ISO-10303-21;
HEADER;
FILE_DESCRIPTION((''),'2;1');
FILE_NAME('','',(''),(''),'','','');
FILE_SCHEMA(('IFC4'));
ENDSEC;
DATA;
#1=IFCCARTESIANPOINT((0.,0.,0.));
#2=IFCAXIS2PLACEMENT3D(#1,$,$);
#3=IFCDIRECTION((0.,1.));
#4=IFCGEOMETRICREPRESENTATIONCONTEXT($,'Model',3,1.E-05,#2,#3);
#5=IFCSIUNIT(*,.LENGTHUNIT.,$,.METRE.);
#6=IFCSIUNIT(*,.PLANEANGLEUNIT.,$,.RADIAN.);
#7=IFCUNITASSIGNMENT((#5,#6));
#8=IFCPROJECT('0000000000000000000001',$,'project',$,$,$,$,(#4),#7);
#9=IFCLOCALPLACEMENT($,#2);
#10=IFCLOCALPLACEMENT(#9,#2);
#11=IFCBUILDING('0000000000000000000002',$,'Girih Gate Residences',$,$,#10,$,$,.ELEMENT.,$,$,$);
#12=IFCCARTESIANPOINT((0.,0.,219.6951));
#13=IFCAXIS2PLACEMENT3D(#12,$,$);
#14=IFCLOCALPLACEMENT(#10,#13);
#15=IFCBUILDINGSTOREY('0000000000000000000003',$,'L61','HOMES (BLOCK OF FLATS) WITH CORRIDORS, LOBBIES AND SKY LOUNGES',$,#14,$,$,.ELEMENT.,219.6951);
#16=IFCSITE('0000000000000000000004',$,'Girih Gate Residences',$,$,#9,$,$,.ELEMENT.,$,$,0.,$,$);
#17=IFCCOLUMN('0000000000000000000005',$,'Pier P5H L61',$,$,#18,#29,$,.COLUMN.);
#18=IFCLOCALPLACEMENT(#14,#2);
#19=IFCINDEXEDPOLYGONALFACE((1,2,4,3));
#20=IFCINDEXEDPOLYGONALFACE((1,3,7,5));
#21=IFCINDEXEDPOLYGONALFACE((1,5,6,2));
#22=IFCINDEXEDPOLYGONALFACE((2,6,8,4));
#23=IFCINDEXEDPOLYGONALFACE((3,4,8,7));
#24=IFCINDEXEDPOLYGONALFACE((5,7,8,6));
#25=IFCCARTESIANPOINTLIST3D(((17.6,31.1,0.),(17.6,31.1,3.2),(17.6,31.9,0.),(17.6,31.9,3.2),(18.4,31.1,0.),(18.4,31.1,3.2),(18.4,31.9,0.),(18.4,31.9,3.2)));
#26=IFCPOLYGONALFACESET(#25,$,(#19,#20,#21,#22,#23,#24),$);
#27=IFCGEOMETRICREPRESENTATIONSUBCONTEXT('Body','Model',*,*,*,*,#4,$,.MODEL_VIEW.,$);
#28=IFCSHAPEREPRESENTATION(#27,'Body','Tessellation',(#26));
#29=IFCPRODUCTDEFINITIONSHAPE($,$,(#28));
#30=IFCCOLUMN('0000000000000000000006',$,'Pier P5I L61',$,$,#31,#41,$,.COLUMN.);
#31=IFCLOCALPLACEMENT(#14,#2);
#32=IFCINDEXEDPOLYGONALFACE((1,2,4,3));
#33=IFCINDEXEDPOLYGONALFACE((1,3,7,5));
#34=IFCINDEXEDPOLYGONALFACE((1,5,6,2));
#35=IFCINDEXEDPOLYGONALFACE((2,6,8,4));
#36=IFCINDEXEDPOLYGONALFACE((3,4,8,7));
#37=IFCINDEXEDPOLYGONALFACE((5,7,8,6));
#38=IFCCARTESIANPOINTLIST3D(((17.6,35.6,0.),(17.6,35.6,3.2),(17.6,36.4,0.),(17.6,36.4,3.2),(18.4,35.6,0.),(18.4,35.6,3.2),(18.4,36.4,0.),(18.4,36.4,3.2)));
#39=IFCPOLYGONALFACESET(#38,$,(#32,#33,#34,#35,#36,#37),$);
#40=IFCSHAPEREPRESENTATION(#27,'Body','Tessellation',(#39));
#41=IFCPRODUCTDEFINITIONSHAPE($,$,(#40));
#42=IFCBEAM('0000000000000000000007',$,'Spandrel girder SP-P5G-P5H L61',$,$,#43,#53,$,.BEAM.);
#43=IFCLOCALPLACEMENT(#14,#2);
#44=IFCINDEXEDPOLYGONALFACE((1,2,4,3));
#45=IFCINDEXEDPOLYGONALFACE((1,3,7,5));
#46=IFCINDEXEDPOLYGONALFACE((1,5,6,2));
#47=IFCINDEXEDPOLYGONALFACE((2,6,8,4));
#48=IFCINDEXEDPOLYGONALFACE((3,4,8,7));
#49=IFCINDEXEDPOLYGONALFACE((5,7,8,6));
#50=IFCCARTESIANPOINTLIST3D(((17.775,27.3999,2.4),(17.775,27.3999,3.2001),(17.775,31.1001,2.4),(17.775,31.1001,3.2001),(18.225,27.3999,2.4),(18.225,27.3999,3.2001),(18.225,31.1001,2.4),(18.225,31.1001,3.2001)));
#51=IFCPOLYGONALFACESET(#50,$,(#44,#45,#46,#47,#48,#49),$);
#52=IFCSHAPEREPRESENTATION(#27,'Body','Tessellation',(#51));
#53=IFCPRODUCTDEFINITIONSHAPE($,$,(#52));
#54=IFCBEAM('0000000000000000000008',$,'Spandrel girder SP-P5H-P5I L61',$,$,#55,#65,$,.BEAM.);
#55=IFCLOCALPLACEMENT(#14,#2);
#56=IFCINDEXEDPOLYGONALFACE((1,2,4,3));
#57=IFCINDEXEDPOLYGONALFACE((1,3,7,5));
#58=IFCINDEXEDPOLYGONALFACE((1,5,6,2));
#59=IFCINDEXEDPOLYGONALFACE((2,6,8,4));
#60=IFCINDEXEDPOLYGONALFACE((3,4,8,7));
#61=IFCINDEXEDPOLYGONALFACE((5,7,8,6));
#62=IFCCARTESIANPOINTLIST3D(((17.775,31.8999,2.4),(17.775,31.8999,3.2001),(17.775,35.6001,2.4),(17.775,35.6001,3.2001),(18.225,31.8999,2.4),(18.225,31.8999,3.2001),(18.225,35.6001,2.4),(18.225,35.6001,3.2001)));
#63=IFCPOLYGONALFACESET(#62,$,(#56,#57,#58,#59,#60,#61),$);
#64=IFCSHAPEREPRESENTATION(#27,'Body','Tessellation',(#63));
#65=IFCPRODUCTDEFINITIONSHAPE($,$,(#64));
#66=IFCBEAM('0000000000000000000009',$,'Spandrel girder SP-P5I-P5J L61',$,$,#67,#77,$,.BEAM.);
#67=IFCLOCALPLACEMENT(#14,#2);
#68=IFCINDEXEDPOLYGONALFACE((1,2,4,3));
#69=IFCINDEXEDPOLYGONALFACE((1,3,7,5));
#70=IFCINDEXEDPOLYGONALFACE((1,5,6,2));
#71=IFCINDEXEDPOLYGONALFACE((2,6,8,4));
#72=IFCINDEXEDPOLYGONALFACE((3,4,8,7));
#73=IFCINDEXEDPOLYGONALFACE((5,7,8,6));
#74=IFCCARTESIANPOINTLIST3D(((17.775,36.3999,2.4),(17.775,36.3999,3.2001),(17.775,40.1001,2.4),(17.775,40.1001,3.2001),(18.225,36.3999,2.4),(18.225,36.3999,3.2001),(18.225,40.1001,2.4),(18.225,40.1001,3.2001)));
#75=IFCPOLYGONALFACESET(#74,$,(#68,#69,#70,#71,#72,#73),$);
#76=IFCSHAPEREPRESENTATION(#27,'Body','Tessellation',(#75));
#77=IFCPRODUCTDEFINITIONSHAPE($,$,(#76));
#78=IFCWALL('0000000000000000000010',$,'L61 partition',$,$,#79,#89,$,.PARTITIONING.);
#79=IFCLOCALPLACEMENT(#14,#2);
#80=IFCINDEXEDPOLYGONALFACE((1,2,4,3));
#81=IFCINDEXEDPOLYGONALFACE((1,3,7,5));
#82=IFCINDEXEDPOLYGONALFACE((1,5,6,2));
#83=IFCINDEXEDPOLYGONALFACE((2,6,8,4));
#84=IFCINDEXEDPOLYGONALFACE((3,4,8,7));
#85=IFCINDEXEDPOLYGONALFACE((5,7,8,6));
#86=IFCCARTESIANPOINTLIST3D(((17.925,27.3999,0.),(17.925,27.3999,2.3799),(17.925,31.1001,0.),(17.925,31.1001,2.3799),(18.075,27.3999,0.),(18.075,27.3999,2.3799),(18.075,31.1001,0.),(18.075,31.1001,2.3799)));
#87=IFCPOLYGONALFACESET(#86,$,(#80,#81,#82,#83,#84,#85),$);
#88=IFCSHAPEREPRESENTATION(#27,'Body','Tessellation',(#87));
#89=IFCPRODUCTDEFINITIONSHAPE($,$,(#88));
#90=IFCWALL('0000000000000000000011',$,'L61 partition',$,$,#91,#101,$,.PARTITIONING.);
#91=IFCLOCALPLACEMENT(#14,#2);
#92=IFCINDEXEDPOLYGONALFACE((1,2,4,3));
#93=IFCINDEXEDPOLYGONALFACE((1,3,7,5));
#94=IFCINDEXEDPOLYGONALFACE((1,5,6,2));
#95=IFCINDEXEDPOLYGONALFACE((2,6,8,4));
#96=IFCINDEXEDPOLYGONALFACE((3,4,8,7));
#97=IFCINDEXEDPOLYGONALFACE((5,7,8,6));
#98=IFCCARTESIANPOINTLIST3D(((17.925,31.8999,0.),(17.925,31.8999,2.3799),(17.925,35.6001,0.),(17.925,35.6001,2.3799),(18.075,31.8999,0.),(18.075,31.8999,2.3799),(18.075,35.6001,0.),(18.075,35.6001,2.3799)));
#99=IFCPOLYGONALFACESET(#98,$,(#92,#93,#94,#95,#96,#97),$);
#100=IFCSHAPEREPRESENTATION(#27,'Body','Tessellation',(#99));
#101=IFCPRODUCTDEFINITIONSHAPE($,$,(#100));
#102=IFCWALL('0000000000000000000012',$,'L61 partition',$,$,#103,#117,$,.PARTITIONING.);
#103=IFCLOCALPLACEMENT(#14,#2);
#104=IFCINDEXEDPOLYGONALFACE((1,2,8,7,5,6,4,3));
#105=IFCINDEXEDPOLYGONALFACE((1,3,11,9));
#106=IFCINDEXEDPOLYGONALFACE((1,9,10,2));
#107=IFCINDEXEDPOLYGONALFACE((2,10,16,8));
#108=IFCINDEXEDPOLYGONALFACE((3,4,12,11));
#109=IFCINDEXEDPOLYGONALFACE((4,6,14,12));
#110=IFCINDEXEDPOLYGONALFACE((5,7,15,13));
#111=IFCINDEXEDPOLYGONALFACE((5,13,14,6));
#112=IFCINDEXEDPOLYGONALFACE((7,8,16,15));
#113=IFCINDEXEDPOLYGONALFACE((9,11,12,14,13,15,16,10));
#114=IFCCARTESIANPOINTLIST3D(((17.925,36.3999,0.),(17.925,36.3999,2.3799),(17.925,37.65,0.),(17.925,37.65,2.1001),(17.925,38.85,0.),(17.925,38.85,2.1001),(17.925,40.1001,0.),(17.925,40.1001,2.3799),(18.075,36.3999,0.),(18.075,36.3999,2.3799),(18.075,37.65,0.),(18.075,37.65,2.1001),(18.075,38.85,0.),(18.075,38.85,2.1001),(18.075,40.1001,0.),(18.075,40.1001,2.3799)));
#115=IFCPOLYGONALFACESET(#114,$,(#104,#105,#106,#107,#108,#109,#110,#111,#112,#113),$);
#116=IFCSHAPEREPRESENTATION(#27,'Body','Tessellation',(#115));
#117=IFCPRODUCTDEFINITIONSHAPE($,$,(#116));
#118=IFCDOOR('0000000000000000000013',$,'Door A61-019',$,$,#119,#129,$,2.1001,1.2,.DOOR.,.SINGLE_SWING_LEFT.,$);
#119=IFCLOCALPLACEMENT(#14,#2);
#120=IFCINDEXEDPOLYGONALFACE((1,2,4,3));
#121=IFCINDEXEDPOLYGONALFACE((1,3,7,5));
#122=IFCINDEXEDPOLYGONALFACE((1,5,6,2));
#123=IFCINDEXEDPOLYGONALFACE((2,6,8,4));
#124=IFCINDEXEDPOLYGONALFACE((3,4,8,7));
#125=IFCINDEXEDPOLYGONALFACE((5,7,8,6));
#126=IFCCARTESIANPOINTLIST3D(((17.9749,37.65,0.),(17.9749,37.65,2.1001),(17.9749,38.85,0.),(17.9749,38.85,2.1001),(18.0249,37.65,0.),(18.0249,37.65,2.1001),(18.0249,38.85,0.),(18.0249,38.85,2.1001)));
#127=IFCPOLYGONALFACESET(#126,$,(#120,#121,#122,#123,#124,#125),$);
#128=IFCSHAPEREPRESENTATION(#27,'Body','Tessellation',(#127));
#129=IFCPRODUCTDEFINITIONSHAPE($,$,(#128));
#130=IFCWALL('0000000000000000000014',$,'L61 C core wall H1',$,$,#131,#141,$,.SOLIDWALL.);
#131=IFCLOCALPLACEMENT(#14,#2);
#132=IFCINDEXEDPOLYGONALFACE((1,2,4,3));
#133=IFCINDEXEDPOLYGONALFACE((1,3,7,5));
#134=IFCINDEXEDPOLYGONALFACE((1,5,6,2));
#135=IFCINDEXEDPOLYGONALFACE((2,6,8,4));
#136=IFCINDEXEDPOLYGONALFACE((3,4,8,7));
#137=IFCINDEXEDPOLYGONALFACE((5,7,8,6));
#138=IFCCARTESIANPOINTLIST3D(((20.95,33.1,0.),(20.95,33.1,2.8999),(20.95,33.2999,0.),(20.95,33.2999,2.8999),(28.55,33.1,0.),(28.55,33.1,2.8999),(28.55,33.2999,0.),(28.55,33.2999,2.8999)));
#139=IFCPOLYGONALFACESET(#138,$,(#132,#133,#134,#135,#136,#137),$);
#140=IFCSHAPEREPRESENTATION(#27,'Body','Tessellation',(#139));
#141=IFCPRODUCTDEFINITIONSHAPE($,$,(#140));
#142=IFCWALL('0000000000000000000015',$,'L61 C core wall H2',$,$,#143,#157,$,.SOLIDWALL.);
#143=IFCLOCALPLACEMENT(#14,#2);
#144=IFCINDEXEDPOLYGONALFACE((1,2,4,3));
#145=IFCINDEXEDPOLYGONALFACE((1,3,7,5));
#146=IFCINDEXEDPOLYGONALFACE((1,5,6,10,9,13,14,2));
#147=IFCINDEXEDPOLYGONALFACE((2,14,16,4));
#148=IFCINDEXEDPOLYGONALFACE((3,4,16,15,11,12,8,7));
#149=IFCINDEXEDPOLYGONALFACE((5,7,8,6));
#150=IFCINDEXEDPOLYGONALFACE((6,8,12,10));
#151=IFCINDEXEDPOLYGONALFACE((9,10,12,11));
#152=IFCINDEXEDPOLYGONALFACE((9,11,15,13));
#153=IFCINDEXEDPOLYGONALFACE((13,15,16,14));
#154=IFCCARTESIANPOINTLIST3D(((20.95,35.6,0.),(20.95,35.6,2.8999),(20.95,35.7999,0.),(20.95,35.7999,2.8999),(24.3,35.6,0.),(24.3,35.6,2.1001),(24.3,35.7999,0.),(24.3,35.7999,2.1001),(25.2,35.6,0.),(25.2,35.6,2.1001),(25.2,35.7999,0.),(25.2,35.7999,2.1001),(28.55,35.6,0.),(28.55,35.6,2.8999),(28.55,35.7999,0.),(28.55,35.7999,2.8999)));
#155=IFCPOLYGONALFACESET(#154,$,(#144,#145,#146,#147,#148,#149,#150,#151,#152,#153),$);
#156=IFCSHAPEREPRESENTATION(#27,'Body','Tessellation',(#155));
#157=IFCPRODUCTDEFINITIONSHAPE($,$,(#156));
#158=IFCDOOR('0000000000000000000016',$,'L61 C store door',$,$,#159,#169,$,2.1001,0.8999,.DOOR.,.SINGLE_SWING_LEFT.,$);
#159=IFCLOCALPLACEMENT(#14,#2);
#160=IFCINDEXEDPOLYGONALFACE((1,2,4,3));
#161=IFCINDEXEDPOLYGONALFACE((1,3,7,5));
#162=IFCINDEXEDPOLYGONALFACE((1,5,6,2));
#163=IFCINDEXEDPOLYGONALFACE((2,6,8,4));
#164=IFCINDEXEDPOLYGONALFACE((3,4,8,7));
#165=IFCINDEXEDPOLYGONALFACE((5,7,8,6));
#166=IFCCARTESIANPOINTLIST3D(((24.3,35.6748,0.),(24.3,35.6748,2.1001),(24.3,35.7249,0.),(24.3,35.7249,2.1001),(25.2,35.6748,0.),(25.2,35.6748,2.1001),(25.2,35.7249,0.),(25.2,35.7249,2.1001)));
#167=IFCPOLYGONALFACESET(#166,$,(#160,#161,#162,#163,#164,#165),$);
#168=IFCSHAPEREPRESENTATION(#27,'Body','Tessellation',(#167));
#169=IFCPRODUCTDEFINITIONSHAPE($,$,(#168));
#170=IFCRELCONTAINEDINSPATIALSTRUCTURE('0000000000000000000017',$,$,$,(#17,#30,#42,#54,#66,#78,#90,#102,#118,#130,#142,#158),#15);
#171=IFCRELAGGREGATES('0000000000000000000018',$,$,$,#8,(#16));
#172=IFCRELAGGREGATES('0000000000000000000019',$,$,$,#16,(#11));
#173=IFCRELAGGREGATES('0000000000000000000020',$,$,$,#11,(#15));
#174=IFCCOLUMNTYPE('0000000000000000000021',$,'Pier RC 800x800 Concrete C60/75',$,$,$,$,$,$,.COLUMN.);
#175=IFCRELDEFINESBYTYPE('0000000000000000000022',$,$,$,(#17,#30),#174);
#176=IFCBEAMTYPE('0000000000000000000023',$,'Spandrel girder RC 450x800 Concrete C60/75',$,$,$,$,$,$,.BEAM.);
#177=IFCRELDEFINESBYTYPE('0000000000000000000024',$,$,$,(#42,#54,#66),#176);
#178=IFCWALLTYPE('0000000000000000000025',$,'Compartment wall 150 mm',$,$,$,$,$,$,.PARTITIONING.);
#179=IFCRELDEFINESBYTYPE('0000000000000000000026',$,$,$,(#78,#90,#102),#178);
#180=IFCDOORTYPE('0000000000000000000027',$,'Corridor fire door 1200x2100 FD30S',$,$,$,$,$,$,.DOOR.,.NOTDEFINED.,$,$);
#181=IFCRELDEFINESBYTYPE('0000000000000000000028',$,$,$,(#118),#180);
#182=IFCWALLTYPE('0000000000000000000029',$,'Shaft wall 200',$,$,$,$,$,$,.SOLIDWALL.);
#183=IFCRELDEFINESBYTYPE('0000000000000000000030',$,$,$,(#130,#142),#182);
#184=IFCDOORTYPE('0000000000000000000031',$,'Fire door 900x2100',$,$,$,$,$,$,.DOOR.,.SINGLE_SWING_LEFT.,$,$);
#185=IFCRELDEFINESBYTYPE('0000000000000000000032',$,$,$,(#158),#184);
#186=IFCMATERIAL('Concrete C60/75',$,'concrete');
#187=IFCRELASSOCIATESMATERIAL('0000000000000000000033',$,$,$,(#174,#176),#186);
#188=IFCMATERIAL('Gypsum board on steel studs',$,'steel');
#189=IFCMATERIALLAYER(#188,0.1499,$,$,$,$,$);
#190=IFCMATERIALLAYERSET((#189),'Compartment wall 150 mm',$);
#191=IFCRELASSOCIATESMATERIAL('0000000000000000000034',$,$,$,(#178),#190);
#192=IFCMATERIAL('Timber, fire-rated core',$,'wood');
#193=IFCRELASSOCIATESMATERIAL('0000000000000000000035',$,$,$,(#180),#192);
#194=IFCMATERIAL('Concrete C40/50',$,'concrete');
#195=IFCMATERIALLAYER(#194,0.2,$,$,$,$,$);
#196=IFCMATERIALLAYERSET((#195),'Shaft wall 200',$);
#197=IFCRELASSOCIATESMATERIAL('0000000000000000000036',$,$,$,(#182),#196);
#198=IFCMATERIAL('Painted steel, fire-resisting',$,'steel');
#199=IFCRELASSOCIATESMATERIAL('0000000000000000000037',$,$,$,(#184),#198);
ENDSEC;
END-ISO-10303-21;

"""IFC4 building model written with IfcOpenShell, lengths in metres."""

from ifc_helpers import new_model, si_unit, direction, frame, frame_2d, origin, origin_2d, place, context, subcontext, project, spatial, rectangle, extrude, material, layer, layer_set, material_profile, profile_set, type_object, element, fill, save


model = new_model("IFC4")

# Units and contexts
model_context = context("Model", 3, precision=1e-05, world=origin(), true_north=direction((0.0, 1.0)))
body_context = subcontext(model_context, "Body", "Model", "MODEL_VIEW")
ifc_project = project(units=[si_unit("LENGTHUNIT", "METRE"), si_unit("PLANEANGLEUNIT", "RADIAN")], contexts=[model_context])

# Site, building, storey
site_placement = place(None, origin())
site = spatial("IfcSite", under=ifc_project, at=site_placement, Name="Girih Gate Residences", CompositionType="ELEMENT", RefElevation=0.0)
building_placement = place(site_placement, origin())
building = spatial("IfcBuilding", under=site, at=building_placement, Name="Girih Gate Residences", CompositionType="ELEMENT")
storey_placement = place(building_placement, frame((0.0, 0.0, 219.6951)))
storey = spatial("IfcBuildingStorey", under=building, at=storey_placement, Name="L61", Description="HOMES (BLOCK OF FLATS) WITH CORRIDORS, LOBBIES AND SKY LOUNGES", CompositionType="ELEMENT", Elevation=219.6951)

# Columns
ifc_material_1 = material(Name="Concrete C60/75", Category="concrete")
ifc_material_profile_1 = material_profile(ifc_material_1, rectangle(XDim=0.8, YDim=0.8, at=origin_2d()))
ifc_profile_set_1 = profile_set([ifc_material_profile_1], Name="Concrete C60/75")
column_type = type_object("IfcColumnType", Name="Pier RC 800x800 Concrete C60/75", PredefinedType="COLUMN", material=ifc_profile_set_1)
for number, where, z_axis, x_axis, name in (
    (1, (18.0, 31.5, 0.0), (0.0, 0.0, 1.0), (1.0, 0.0, 0.0), "Pier P5H L61"),
    (2, (18.0, 36.0, 0.0), (0.0, 0.0, 1.0), (1.0, 0.0, 0.0), "Pier P5I L61"),
):
    element("IfcColumn", number, at=place(storey_placement, frame(where, z_axis=z_axis, x_axis=x_axis)), inside=storey, type_object=column_type, Name=name, PredefinedType="COLUMN", context=body_context, shape_type="SweptSolid", body=[
        extrude(rectangle(XDim=0.8, YDim=0.8, at=origin_2d()), origin(), (0.0, 0.0, 1.0), 3.2),
    ])

# Beams
ifc_material_profile_2 = material_profile(ifc_material_1, rectangle(XDim=0.45, YDim=0.8, at=origin_2d()))
ifc_profile_set_2 = profile_set([ifc_material_profile_2], Name="Concrete C60/75")
beam_type = type_object("IfcBeamType", Name="Spandrel girder RC 450x800 Concrete C60/75", PredefinedType="BEAM", material=ifc_profile_set_2)
for number, where, z_axis, x_axis, name in (
    (3, (18.0, 27.3999, 2.8), (0.0, 1.0, 0.0), (-1.0, 0.0, 0.0), "Spandrel girder SP-P5G-P5H L61"),
    (4, (18.0, 31.8999, 2.8), (0.0, 1.0, 0.0), (-1.0, 0.0, 0.0), "Spandrel girder SP-P5H-P5I L61"),
    (5, (18.0, 36.3999, 2.8), (0.0, 1.0, 0.0), (-1.0, 0.0, 0.0), "Spandrel girder SP-P5I-P5J L61"),
):
    element("IfcBeam", number, at=place(storey_placement, frame(where, z_axis=z_axis, x_axis=x_axis)), inside=storey, type_object=beam_type, Name=name, PredefinedType="BEAM", context=body_context, shape_type="SweptSolid", body=[
        extrude(rectangle(XDim=0.45, YDim=0.8, at=origin_2d()), origin(), (0.0, 0.0, 1.0), 3.7002),
    ])

# Walls
ifc_material_2 = material(Name="Gypsum board on steel studs", Category="steel")
ifc_layer_1 = layer(ifc_material_2, 0.1499)
ifc_layer_set_1 = layer_set([ifc_layer_1], Name="Compartment wall 150 mm")
wall_type_1 = type_object("IfcWallType", Name="Compartment wall 150 mm", PredefinedType="PARTITIONING", material=ifc_layer_set_1)
for number, where, z_axis, x_axis, name in (
    (6, (18.0, 27.3999, 0.0), (0.0, 0.0, 1.0), (0.0, 1.0, 0.0), "L61 partition"),
    (7, (18.0, 31.8999, 0.0), (0.0, 0.0, 1.0), (0.0, 1.0, 0.0), "L61 partition"),
):
    element("IfcWall", number, at=place(storey_placement, frame(where, z_axis=z_axis, x_axis=x_axis)), inside=storey, type_object=wall_type_1, Name=name, PredefinedType="PARTITIONING", context=body_context, shape_type="SweptSolid", body=[
        extrude(rectangle(XDim=3.7002, YDim=0.1499, at=frame_2d((1.8501, 0.0))), origin(), (0.0, 0.0, 1.0), 2.3799),
    ])

# Wall, opening, door
wall_1_placement = place(storey_placement, frame((18.0, 40.1001, 0.0), z_axis=(0.0, 0.0, 1.0), x_axis=(0.0, -1.0, 0.0)))
wall_1 = element("IfcWall", 8, at=wall_1_placement, inside=storey, type_object=wall_type_1, Name="L61 partition", PredefinedType="PARTITIONING", context=body_context, shape_type="SweptSolid", body=[
    extrude(rectangle(XDim=3.7002, YDim=0.1499, at=frame_2d((1.8501, 0.0))), origin(), (0.0, 0.0, 1.0), 2.3799),
])
opening_1_placement = place(wall_1_placement, frame((1.25, 0.0, 0.0)))
opening_1 = element("IfcOpeningElement", 9, at=opening_1_placement, cuts=wall_1, PredefinedType="OPENING", context=body_context, shape_type="SweptSolid", body=[
    extrude(rectangle(XDim=1.2, YDim=2.1001, at=frame_2d((0.6001, 1.05))), frame((0.0, 0.085, 0.0), z_axis=(0.0, -1.0, 0.0), x_axis=(1.0, 0.0, 0.0)), (0.0, 0.0, 1.0), 0.1699),
])
ifc_material_3 = material(Name="Timber, fire-rated core", Category="wood")
door_type_1 = type_object("IfcDoorType", Name="Corridor fire door 1200x2100 FD30S", OperationType="NOTDEFINED", PredefinedType="DOOR", material=ifc_material_3)
door_1_placement = place(opening_1_placement, origin())
door_1 = element("IfcDoor", 10, at=door_1_placement, inside=storey, type_object=door_type_1, Name="Door A61-019", OperationType="SINGLE_SWING_LEFT", OverallHeight=2.1001, OverallWidth=1.2, PredefinedType="DOOR", context=body_context, shape_type="SweptSolid", body=[
    extrude(rectangle(XDim=1.2, YDim=2.1001, at=frame_2d((0.6001, 1.05))), frame((0.0, 0.0249, 0.0), z_axis=(0.0, -1.0, 0.0), x_axis=(1.0, 0.0, 0.0)), (0.0, 0.0, 1.0), 0.05),
])
fill(opening_1, door_1)

# Wall
ifc_material_4 = material(Name="Concrete C40/50", Category="concrete")
ifc_layer_2 = layer(ifc_material_4, 0.2)
ifc_layer_set_2 = layer_set([ifc_layer_2], Name="Shaft wall 200")
wall_type_2 = type_object("IfcWallType", Name="Shaft wall 200", PredefinedType="SOLIDWALL", material=ifc_layer_set_2)
wall_2_placement = place(storey_placement, frame((20.95, 33.2, 0.0), z_axis=(0.0, 0.0, 1.0), x_axis=(1.0, 0.0, 0.0)))
element("IfcWall", 11, at=wall_2_placement, inside=storey, type_object=wall_type_2, Name="L61 C core wall H1", PredefinedType="SOLIDWALL", context=body_context, shape_type="SweptSolid", body=[
    extrude(rectangle(XDim=7.6001, YDim=0.2, at=frame_2d((3.8, 0.0))), origin(), (0.0, 0.0, 1.0), 2.8999),
])

# Wall, opening, door
wall_3_placement = place(storey_placement, frame((20.95, 35.7, 0.0), z_axis=(0.0, 0.0, 1.0), x_axis=(1.0, 0.0, 0.0)))
wall_3 = element("IfcWall", 12, at=wall_3_placement, inside=storey, type_object=wall_type_2, Name="L61 C core wall H2", PredefinedType="SOLIDWALL", context=body_context, shape_type="SweptSolid", body=[
    extrude(rectangle(XDim=7.6001, YDim=0.2, at=frame_2d((3.8, 0.0))), origin(), (0.0, 0.0, 1.0), 2.8999),
])
opening_2_placement = place(wall_3_placement, frame((3.3501, 0.0, 0.0)))
opening_2 = element("IfcOpeningElement", 13, at=opening_2_placement, cuts=wall_3, PredefinedType="OPENING", context=body_context, shape_type="SweptSolid", body=[
    extrude(rectangle(XDim=0.8999, YDim=2.1001, at=frame_2d((0.45, 1.05))), frame((0.0, 0.1099, 0.0), z_axis=(0.0, -1.0, 0.0), x_axis=(1.0, 0.0, 0.0)), (0.0, 0.0, 1.0), 0.22),
])
ifc_material_5 = material(Name="Painted steel, fire-resisting", Category="steel")
door_type_2 = type_object("IfcDoorType", Name="Fire door 900x2100", OperationType="SINGLE_SWING_LEFT", PredefinedType="DOOR", material=ifc_material_5)
door_2_placement = place(opening_2_placement, origin())
door_2 = element("IfcDoor", 14, at=door_2_placement, inside=storey, type_object=door_type_2, Name="L61 C store door", OperationType="SINGLE_SWING_LEFT", OverallHeight=2.1001, OverallWidth=0.8999, PredefinedType="DOOR", context=body_context, shape_type="SweptSolid", body=[
    extrude(rectangle(XDim=0.8999, YDim=2.1001, at=frame_2d((0.45, 1.05))), frame((0.0, 0.0249, 0.0), z_axis=(0.0, -1.0, 0.0), x_axis=(1.0, 0.0, 0.0)), (0.0, 0.0, 1.0), 0.05),
])
fill(opening_2, door_2)

save(model, "model.ifc")
